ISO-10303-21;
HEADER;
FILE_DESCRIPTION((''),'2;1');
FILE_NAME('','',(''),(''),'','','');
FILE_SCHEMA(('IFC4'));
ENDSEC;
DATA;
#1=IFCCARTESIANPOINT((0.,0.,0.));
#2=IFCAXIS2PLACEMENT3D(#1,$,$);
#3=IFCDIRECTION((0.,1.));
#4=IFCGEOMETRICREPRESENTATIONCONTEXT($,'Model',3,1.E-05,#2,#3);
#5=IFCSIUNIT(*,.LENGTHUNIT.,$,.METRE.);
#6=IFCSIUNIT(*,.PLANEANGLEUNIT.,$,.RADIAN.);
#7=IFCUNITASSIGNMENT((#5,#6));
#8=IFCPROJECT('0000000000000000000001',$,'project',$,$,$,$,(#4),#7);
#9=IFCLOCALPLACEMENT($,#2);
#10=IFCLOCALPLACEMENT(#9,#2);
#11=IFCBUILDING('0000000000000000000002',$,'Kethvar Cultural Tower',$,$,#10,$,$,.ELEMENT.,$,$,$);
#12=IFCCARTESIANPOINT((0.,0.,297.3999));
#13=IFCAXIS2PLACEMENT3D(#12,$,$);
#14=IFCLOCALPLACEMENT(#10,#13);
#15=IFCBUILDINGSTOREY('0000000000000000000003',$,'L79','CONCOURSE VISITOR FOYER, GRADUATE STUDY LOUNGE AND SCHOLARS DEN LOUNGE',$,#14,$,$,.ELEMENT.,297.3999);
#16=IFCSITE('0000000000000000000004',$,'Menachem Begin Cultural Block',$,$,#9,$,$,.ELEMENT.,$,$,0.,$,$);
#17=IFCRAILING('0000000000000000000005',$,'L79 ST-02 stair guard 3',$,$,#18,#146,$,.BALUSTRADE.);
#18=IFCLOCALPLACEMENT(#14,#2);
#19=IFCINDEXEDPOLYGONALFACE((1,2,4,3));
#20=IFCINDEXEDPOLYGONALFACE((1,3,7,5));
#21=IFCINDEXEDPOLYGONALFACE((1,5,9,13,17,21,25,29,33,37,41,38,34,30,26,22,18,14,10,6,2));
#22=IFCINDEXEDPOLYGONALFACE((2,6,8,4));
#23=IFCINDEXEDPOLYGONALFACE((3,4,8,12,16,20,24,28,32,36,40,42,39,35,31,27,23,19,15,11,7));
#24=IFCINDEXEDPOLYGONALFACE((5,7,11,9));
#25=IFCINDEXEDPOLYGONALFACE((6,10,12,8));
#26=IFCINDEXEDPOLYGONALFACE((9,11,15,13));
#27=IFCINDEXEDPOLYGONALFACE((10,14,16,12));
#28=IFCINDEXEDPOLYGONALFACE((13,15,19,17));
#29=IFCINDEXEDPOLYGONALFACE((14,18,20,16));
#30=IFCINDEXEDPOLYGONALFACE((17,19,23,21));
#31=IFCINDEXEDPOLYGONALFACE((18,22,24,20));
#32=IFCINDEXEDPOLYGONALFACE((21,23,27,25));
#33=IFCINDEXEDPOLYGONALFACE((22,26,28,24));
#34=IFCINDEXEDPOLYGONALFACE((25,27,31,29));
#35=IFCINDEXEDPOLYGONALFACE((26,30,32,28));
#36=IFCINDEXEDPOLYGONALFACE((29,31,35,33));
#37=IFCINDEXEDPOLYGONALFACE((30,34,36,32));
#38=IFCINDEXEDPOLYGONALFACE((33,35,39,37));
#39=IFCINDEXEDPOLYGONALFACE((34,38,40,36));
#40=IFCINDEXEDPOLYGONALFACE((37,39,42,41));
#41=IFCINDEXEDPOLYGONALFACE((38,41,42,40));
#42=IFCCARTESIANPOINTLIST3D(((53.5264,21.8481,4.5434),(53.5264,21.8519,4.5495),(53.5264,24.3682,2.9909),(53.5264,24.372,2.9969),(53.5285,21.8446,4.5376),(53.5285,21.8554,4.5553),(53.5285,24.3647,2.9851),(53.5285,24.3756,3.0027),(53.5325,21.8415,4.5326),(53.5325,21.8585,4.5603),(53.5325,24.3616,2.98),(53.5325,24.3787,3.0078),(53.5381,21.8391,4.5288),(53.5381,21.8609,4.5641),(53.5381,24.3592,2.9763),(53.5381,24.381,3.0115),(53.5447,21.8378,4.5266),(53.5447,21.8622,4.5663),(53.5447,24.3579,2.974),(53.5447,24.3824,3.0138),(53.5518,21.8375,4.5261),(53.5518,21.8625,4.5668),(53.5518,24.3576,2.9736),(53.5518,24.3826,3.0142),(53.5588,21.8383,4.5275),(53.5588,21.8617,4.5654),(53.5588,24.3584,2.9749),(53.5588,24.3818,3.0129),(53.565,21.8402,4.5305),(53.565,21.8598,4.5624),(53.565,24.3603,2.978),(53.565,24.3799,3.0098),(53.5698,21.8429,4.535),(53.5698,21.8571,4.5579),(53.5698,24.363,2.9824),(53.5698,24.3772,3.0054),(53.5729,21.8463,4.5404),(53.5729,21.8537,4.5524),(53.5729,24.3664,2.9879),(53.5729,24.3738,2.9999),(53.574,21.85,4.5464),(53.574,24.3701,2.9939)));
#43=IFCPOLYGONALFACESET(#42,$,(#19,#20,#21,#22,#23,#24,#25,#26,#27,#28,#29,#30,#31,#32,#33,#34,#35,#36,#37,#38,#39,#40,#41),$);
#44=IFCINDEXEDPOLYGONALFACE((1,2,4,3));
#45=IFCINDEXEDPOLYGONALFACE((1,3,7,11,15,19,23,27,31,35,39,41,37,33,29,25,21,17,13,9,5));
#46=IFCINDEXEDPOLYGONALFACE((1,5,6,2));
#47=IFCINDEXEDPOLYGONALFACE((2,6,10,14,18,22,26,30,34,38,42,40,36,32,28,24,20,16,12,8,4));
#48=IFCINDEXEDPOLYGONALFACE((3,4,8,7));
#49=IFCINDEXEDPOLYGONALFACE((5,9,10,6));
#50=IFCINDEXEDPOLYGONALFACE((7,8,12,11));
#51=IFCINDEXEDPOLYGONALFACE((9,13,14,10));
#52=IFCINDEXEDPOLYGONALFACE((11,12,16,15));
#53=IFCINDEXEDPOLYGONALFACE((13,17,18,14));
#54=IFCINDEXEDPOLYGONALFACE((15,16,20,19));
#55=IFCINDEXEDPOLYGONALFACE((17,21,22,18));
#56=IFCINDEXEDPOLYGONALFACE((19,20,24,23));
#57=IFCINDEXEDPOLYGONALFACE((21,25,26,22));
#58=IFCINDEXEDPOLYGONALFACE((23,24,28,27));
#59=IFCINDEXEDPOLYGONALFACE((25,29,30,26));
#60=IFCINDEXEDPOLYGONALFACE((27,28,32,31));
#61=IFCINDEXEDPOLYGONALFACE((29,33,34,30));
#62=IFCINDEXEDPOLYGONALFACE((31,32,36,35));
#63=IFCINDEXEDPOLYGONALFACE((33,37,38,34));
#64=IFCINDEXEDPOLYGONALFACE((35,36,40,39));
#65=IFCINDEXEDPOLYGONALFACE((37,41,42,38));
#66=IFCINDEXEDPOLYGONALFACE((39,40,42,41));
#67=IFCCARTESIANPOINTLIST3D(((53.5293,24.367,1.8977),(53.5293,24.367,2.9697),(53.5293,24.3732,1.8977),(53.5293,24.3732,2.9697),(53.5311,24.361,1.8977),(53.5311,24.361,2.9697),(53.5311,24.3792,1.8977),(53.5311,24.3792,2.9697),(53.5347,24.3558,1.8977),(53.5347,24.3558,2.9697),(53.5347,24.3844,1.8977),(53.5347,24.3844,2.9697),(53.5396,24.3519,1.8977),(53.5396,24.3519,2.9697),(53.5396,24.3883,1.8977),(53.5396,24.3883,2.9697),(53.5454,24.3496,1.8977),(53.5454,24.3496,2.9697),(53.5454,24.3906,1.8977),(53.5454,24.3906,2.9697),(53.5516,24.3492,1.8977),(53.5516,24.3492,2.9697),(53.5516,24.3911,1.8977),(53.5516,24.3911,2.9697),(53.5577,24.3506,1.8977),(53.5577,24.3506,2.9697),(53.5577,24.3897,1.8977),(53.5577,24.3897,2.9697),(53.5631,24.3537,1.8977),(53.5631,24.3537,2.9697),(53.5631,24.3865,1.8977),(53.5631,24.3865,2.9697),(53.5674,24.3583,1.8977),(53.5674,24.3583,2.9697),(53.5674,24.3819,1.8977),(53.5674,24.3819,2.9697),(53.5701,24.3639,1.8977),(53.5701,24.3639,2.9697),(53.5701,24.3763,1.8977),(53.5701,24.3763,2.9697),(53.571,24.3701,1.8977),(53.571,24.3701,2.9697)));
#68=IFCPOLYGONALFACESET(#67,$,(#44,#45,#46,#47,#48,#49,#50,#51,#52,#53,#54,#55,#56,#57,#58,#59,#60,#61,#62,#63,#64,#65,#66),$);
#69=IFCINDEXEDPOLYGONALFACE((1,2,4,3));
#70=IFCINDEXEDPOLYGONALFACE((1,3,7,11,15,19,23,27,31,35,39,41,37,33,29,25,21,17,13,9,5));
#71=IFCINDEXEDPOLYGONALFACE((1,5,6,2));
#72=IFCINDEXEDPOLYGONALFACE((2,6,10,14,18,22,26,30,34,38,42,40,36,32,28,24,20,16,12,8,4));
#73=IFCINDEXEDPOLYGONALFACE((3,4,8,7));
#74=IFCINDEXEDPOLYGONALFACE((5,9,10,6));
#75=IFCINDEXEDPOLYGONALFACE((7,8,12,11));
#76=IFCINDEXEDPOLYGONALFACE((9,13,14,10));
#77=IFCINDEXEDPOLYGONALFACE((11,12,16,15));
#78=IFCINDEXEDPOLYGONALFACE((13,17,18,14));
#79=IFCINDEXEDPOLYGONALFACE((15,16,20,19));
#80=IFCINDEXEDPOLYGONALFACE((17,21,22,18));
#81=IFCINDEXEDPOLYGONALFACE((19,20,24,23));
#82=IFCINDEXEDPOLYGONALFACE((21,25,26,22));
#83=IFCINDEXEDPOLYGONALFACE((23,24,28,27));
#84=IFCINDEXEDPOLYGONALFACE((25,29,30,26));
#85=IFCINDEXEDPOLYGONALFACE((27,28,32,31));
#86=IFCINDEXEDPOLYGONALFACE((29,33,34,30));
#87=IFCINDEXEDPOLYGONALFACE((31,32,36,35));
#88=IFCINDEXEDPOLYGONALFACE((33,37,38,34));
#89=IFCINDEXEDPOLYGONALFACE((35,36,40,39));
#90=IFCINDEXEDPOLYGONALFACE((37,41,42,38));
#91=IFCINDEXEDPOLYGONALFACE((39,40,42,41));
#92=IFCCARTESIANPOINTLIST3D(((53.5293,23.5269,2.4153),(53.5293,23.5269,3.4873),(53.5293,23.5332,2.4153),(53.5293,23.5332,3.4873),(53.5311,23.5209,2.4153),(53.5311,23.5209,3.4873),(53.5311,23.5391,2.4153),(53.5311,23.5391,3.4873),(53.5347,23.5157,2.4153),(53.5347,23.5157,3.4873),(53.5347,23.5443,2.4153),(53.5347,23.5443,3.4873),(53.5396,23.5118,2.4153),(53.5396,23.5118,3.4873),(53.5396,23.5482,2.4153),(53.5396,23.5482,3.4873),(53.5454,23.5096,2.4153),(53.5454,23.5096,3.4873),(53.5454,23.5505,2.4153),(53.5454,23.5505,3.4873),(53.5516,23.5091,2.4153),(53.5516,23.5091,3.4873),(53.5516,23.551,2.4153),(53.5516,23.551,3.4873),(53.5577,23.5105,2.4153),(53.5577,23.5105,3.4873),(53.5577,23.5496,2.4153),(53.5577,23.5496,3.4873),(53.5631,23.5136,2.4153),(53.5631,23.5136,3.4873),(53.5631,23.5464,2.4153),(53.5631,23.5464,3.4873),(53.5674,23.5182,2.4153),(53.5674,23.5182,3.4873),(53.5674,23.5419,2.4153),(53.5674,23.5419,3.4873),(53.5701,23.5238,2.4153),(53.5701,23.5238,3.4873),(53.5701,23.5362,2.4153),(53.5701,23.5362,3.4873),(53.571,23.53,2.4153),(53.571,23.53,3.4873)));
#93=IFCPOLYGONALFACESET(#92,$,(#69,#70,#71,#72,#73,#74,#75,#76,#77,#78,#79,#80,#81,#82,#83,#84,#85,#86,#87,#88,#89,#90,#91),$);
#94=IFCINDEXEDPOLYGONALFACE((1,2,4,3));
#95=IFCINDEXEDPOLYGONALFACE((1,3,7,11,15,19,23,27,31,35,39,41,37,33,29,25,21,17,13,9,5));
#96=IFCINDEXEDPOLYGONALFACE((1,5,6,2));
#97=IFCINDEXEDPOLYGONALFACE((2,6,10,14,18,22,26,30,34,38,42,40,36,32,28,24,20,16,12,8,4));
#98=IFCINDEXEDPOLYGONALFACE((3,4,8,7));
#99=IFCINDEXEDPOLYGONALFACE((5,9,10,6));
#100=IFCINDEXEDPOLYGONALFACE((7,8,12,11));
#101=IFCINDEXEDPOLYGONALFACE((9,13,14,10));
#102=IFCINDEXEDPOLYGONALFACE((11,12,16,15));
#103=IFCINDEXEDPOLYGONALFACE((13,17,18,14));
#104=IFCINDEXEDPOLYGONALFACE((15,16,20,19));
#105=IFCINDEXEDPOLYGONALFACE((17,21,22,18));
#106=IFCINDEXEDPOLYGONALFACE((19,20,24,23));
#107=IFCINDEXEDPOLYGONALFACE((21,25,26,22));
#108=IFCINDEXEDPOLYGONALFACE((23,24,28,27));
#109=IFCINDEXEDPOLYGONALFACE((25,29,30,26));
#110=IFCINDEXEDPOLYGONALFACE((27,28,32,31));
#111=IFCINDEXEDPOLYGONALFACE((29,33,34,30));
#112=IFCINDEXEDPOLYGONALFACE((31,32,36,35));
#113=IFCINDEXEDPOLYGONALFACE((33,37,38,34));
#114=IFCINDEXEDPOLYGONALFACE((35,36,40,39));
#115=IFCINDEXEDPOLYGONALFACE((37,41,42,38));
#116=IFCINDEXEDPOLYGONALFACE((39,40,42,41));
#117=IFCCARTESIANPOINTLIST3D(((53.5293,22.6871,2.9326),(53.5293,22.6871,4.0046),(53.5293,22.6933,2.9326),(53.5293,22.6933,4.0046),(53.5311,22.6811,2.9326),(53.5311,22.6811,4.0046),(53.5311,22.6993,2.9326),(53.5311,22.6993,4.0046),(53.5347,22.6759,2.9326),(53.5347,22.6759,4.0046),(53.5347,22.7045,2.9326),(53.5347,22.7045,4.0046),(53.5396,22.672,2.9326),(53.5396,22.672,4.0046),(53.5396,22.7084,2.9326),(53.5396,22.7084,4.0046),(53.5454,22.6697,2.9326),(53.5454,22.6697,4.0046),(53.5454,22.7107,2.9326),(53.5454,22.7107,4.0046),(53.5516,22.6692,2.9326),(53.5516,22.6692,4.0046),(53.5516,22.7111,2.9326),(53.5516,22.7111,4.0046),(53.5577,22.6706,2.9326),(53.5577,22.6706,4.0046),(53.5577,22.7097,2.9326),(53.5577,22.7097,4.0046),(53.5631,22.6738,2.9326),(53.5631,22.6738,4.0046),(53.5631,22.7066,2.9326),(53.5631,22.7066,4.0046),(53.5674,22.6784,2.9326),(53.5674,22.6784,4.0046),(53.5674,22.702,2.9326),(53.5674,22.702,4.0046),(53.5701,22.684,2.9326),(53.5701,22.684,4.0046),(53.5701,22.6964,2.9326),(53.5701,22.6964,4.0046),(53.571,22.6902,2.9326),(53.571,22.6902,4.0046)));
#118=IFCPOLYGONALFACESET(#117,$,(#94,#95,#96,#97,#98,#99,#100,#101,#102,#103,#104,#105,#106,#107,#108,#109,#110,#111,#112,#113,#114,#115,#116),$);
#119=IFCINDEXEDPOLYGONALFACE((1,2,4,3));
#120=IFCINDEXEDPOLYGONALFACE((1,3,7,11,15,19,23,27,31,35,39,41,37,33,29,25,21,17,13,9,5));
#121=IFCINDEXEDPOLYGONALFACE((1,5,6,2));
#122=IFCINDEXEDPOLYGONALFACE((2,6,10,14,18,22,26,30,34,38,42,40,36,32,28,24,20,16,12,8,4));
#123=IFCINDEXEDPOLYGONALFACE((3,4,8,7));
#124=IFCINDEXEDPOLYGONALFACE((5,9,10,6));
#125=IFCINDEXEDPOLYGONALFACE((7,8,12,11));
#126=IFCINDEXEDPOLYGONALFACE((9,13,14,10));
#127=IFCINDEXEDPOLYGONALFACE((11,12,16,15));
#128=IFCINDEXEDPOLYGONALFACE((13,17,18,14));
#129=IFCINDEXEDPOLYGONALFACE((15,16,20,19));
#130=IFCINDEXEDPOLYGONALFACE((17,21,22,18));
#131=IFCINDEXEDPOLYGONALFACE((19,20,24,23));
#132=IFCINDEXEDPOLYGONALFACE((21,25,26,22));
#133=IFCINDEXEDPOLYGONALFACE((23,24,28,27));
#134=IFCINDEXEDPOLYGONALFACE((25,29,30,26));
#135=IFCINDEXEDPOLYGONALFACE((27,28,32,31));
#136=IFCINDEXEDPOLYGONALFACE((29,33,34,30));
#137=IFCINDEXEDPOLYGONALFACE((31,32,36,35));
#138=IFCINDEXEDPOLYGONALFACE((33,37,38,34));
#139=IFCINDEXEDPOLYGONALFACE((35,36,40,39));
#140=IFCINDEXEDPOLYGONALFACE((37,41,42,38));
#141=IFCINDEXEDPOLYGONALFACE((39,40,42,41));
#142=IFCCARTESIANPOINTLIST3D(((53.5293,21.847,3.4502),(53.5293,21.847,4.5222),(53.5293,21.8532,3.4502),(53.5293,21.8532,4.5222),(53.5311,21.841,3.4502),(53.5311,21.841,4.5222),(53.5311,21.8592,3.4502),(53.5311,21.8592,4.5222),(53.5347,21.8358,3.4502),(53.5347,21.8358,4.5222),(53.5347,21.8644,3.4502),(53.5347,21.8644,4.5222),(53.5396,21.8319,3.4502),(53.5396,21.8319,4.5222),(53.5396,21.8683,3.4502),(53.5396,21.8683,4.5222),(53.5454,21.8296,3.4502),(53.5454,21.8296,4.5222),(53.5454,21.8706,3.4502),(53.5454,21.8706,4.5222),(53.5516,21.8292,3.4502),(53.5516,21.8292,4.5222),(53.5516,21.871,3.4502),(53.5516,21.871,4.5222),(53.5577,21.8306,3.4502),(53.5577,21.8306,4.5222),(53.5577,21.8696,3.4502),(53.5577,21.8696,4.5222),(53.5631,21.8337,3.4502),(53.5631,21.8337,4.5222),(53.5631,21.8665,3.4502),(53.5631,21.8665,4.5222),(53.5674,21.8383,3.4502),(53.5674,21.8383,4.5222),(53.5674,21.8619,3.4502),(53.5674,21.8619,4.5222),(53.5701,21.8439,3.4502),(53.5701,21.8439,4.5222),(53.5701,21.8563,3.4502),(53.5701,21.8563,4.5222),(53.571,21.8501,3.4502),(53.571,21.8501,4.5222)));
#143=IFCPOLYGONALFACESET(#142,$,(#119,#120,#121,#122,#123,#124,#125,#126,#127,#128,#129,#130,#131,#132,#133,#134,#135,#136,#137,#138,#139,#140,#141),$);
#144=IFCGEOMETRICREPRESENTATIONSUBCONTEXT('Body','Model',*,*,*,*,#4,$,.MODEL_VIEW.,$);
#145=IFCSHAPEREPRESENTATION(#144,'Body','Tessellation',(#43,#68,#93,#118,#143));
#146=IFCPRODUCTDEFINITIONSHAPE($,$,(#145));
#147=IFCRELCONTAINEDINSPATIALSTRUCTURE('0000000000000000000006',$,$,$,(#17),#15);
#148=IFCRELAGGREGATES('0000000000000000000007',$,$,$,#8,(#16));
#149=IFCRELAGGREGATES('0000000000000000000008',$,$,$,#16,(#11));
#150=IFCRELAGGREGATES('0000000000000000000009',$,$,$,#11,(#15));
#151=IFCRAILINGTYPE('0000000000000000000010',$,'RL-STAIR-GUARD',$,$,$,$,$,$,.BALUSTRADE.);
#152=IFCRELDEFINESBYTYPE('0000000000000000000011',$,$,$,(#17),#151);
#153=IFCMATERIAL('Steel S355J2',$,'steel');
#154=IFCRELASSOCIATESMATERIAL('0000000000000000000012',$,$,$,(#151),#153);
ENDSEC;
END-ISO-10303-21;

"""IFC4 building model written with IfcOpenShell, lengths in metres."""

from ifc_helpers import new_model, si_unit, direction, frame, origin, origin_2d, place, context, subcontext, project, spatial, circle, extrude, material, type_object, element, save


model = new_model("IFC4")

# Units and contexts
model_context = context("Model", 3, precision=1e-05, world=origin(), true_north=direction((0.0, 1.0)))
body_context = subcontext(model_context, "Body", "Model", "MODEL_VIEW")
ifc_project = project(units=[si_unit("LENGTHUNIT", "METRE"), si_unit("PLANEANGLEUNIT", "RADIAN")], contexts=[model_context])

# Site, building, storey
site_placement = place(None, origin())
site = spatial("IfcSite", under=ifc_project, at=site_placement, Name="Menachem Begin Cultural Block", CompositionType="ELEMENT", RefElevation=0.0)
building_placement = place(site_placement, origin())
building = spatial("IfcBuilding", under=site, at=building_placement, Name="Kethvar Cultural Tower", CompositionType="ELEMENT")
storey_placement = place(building_placement, frame((0.0, 0.0, 297.3999)))
storey = spatial("IfcBuildingStorey", under=building, at=storey_placement, Name="L79", Description="CONCOURSE VISITOR FOYER, GRADUATE STUDY LOUNGE AND SCHOLARS DEN LOUNGE", CompositionType="ELEMENT", Elevation=297.3999)

# Shared definitions
ifc_material_1 = material(Name="Steel S355J2", Category="steel")

# Railing
railing_type_1 = type_object("IfcRailingType", Name="RL-STAIR-GUARD", PredefinedType="BALUSTRADE", material=ifc_material_1)
railing_1_placement = place(storey_placement, frame((53.55, 24.3701, 1.8977)))
element("IfcRailing", 1, at=railing_1_placement, inside=storey, type_object=railing_type_1, Name="L79 ST-02 stair guard 3", PredefinedType="BALUSTRADE", context=body_context, shape_type="SweptSolid", body=[
    extrude(circle(Radius=0.0239, at=origin_2d()), frame((0.0, 0.0, 1.0962), z_axis=(0.0, -0.8514, 0.524516), x_axis=(1.0, 0.0, 0.0)), (0.0, 0.0, 1.0), 2.96),
    extrude(circle(Radius=0.021, at=origin_2d()), origin(), (0.0, 0.0, 1.0), 1.072),
    extrude(circle(Radius=0.021, at=origin_2d()), frame((0.0, -0.8401, 0.5176)), (0.0, 0.0, 1.0), 1.072),
    extrude(circle(Radius=0.021, at=origin_2d()), frame((0.0, -1.6799, 1.0349)), (0.0, 0.0, 1.0), 1.072),
    extrude(circle(Radius=0.021, at=origin_2d()), frame((0.0, -2.52, 1.5525)), (0.0, 0.0, 1.0), 1.072),
])

save(model, "model.ifc")
